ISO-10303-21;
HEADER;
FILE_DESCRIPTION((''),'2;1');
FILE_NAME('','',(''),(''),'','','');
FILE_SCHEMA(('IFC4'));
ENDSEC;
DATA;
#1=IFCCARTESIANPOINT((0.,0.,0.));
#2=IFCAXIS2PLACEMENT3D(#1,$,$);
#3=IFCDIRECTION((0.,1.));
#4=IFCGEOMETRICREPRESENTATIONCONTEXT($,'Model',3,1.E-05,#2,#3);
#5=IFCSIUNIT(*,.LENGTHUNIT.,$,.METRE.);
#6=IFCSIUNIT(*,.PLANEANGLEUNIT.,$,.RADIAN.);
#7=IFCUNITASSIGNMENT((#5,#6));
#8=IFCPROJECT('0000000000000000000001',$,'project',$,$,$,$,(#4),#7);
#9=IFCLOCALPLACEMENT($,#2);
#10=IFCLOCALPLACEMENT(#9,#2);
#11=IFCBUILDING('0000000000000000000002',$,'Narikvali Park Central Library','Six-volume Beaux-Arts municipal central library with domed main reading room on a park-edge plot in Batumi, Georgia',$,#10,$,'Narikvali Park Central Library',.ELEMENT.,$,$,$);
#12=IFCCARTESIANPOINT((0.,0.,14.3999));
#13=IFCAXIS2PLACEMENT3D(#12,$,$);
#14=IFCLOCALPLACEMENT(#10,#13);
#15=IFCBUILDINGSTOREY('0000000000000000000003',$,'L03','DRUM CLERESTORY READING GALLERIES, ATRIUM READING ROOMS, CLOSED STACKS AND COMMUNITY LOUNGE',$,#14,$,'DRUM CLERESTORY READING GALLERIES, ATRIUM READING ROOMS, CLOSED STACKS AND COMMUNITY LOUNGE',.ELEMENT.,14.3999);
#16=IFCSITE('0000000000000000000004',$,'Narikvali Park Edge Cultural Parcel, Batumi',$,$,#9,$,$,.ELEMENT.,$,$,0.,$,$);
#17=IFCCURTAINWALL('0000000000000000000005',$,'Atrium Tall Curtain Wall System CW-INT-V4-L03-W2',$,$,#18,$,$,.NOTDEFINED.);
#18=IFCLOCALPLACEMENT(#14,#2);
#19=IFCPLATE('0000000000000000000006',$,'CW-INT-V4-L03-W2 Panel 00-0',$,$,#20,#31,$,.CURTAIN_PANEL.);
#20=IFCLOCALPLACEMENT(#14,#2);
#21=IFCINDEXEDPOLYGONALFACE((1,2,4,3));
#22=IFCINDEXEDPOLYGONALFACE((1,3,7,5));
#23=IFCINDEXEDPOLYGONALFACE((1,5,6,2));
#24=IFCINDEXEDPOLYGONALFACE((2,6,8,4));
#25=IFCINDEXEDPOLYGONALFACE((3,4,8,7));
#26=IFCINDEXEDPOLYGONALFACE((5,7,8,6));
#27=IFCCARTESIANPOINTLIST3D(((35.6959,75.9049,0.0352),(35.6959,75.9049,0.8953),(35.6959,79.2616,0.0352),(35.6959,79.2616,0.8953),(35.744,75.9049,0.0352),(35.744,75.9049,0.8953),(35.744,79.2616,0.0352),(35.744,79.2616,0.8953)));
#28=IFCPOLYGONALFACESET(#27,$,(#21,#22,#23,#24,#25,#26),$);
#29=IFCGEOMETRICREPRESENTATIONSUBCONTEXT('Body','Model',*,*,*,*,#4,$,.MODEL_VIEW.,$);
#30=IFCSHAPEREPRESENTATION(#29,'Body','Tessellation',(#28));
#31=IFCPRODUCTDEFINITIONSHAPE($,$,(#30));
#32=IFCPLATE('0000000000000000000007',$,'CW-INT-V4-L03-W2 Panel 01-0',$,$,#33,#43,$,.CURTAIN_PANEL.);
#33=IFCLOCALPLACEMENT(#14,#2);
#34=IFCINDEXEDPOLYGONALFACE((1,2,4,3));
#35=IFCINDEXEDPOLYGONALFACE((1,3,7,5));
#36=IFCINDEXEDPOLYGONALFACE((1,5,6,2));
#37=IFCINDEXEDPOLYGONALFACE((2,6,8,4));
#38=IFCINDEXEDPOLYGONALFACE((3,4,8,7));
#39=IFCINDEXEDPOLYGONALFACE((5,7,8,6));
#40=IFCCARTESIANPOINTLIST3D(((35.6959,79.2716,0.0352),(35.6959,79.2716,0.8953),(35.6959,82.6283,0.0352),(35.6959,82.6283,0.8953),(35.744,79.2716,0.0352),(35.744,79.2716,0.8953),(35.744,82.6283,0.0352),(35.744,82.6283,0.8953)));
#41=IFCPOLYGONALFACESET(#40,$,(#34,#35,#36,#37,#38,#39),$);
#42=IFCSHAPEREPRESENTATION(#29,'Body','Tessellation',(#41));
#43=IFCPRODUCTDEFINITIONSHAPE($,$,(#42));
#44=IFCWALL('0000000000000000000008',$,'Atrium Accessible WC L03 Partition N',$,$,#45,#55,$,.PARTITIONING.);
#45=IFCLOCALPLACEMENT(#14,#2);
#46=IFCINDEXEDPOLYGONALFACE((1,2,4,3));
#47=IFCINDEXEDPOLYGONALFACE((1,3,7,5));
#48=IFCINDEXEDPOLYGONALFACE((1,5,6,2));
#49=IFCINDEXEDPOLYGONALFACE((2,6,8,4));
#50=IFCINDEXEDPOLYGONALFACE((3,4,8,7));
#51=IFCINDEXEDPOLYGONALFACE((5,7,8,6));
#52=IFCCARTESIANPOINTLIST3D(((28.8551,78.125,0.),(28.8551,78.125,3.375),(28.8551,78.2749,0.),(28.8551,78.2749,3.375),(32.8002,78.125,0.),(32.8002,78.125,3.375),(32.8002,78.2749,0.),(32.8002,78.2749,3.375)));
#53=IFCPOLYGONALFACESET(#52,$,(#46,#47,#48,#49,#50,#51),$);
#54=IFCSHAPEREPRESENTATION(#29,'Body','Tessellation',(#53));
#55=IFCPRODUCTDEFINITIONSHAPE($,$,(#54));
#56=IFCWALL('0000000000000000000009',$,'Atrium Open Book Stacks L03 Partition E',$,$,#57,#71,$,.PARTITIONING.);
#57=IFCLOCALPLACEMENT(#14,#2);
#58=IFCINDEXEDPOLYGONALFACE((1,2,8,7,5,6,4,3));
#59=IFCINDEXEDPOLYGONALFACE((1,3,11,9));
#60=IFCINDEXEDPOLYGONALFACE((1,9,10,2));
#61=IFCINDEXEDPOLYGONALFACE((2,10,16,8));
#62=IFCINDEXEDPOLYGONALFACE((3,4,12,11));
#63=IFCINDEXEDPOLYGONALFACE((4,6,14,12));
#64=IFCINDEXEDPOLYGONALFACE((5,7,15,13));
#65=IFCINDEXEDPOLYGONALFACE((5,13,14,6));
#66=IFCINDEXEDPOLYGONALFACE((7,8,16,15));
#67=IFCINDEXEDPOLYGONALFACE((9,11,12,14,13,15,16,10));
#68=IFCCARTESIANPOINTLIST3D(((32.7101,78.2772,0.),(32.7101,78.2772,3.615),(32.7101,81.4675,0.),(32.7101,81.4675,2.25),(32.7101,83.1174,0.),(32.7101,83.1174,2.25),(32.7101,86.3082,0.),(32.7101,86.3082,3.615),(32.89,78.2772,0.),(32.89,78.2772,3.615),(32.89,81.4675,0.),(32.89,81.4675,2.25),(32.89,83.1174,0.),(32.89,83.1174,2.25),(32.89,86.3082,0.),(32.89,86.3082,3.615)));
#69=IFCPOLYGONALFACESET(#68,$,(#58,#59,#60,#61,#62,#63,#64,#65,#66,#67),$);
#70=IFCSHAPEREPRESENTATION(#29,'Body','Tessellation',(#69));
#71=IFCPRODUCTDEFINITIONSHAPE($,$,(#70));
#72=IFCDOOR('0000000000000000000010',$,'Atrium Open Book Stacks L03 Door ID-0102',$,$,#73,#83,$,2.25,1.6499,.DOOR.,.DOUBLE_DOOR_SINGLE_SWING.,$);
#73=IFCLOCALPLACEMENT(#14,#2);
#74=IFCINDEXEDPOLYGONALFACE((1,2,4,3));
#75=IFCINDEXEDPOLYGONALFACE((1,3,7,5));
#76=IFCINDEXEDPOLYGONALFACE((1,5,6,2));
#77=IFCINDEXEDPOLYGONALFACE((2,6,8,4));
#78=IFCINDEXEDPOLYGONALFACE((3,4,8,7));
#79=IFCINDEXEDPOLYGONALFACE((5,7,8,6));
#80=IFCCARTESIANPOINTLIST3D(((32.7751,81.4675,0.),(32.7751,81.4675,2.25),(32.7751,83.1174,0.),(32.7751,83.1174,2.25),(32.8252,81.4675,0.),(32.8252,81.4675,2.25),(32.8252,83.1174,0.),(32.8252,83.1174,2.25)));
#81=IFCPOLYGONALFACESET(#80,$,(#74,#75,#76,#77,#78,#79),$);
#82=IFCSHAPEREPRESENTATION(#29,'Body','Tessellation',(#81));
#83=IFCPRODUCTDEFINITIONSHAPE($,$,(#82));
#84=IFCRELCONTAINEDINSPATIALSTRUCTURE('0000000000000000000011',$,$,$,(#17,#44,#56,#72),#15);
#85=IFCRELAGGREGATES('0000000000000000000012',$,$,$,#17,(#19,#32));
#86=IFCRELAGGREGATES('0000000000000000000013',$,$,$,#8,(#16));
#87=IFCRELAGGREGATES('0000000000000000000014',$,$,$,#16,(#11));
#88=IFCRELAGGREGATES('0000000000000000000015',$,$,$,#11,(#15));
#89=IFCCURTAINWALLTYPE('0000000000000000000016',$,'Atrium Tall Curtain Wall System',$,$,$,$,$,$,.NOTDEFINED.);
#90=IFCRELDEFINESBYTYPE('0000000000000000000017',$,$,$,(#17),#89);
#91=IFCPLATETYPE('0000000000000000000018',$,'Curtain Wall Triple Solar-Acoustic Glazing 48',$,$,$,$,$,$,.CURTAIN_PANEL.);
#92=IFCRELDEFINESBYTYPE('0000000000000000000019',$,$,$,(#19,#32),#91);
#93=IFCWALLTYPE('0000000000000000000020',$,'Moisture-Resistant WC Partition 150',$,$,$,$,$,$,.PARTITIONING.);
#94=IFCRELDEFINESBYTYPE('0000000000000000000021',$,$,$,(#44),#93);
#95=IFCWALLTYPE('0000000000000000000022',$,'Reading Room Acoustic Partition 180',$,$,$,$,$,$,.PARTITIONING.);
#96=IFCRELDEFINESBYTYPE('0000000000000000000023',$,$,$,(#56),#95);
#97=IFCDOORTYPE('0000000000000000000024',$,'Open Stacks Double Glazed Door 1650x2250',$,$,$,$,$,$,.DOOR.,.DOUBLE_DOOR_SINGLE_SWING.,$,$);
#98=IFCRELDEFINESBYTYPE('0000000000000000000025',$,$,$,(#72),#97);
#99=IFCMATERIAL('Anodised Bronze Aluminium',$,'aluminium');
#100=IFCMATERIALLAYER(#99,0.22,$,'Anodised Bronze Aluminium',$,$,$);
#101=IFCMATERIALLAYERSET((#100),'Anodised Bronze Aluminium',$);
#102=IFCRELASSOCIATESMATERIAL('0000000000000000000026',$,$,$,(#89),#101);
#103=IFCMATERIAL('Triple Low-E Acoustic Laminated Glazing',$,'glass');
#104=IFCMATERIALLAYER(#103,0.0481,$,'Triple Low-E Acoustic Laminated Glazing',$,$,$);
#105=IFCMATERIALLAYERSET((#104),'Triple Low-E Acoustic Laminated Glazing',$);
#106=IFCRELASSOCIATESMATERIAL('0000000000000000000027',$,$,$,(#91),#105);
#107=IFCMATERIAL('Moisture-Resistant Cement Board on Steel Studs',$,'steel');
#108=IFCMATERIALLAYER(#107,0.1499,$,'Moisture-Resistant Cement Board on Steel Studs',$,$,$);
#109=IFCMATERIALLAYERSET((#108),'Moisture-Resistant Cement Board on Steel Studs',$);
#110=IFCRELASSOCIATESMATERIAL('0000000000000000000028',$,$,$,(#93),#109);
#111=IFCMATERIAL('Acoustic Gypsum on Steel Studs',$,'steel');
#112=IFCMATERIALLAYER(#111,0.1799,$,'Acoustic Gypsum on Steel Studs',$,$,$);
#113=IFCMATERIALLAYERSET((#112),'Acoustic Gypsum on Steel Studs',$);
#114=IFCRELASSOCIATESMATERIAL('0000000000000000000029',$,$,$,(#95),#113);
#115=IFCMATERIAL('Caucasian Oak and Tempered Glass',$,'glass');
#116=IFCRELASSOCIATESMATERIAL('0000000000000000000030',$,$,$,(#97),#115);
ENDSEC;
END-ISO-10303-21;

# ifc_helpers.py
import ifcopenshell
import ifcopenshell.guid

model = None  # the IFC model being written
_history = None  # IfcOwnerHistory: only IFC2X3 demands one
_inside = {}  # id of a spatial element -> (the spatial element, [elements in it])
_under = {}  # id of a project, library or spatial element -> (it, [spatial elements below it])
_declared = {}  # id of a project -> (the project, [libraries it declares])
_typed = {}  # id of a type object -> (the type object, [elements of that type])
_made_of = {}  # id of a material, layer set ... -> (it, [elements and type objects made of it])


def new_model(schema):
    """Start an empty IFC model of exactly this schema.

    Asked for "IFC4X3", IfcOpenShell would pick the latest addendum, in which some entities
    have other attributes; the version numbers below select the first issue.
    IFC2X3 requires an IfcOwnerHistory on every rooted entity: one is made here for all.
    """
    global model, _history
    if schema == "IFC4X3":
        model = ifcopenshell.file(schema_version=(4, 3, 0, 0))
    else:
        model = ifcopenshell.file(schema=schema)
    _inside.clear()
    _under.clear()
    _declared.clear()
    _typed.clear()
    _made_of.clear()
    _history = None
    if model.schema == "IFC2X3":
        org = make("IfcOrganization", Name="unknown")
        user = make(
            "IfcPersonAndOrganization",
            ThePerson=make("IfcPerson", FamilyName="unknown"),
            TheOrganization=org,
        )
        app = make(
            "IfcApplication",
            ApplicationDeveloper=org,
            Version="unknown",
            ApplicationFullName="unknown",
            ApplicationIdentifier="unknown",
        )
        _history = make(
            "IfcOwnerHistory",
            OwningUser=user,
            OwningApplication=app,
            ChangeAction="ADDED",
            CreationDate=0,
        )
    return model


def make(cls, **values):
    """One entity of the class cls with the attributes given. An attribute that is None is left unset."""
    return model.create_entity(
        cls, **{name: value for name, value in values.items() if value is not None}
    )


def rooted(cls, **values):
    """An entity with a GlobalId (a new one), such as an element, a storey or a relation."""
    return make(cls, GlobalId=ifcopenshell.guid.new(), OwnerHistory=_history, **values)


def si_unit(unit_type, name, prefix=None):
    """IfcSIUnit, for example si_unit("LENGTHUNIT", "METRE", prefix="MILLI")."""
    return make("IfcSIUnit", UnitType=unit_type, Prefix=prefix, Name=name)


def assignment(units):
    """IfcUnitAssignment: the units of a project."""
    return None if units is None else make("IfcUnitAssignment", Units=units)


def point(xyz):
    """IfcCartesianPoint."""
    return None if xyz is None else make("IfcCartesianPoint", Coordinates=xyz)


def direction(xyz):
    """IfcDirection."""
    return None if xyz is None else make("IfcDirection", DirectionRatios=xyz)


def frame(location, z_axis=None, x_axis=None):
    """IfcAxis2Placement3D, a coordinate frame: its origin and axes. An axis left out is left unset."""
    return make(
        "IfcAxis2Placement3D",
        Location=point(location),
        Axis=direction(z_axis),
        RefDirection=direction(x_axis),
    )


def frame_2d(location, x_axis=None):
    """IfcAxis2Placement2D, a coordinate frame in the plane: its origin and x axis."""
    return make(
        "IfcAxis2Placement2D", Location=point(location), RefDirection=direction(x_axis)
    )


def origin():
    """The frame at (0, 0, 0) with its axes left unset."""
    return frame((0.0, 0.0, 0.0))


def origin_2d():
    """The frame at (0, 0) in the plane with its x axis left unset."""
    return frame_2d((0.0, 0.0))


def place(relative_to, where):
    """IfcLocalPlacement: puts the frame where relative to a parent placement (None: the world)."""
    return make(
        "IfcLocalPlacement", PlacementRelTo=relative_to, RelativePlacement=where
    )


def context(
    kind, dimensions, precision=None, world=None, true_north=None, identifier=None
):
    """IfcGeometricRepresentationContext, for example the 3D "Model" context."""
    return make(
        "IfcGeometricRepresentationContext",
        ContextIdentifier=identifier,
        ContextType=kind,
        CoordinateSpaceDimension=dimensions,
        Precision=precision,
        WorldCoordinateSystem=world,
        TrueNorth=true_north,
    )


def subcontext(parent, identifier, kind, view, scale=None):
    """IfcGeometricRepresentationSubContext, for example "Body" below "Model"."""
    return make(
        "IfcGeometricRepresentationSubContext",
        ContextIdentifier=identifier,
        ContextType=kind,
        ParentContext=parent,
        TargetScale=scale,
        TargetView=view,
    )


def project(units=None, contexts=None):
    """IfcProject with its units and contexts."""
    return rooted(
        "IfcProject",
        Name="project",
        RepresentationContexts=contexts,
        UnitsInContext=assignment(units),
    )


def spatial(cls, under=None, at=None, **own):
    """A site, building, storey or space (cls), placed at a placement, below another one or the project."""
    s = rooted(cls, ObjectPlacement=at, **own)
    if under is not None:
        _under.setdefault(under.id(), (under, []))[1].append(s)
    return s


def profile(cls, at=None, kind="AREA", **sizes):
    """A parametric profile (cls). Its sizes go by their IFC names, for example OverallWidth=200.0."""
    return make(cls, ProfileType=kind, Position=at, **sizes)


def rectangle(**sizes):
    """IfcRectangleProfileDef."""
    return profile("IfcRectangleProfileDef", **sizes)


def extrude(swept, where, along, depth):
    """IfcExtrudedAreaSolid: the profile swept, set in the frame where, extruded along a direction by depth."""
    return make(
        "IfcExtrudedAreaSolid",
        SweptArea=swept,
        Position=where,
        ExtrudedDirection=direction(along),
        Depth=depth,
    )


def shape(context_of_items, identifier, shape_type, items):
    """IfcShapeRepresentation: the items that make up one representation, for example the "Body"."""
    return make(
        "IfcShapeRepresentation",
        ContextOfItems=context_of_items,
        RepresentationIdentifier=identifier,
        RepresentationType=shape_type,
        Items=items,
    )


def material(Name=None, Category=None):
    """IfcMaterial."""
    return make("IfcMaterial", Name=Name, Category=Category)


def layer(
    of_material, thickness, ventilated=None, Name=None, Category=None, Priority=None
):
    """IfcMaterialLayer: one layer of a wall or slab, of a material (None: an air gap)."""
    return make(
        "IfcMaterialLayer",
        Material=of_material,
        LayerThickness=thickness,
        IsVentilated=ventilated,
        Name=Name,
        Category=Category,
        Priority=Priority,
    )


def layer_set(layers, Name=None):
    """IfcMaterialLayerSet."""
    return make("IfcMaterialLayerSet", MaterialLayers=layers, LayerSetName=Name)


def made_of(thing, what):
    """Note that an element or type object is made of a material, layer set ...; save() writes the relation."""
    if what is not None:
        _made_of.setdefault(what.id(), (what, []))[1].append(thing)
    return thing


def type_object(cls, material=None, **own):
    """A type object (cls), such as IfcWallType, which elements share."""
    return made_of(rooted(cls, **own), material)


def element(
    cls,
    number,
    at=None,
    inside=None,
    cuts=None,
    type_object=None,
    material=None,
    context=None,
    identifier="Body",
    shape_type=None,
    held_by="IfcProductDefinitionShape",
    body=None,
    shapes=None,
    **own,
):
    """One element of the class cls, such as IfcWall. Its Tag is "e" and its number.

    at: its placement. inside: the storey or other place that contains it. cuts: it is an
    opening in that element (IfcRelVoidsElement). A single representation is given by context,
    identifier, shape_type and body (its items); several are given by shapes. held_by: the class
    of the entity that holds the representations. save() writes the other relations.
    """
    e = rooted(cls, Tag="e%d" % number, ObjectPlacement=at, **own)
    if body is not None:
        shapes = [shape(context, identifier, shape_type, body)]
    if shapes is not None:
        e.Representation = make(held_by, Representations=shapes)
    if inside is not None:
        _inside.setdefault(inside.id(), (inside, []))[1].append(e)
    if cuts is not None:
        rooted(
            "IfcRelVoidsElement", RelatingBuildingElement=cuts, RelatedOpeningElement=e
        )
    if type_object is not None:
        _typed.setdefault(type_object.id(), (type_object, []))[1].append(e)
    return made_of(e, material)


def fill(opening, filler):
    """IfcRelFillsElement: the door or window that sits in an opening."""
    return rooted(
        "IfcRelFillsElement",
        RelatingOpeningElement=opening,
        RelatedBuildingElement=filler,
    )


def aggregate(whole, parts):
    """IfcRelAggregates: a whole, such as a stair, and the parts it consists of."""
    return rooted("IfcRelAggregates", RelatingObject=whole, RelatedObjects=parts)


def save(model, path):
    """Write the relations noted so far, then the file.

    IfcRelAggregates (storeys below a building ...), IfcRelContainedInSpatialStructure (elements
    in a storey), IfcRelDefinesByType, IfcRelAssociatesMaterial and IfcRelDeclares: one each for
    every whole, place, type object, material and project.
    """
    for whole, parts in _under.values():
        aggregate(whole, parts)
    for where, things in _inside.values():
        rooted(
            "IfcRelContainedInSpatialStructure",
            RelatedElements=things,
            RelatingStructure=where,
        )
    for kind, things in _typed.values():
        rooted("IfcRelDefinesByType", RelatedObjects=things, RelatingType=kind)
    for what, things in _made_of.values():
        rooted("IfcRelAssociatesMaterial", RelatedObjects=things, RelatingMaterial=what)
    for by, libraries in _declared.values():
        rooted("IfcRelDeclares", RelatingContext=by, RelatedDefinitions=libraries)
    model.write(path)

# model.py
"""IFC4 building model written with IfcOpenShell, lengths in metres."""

from ifc_helpers import new_model, si_unit, direction, frame, frame_2d, origin, origin_2d, place, context, subcontext, project, spatial, rectangle, extrude, material, layer, layer_set, type_object, element, fill, aggregate, save


model = new_model("IFC4")

# Units and contexts
model_context = context("Model", 3, precision=1e-05, world=origin(), true_north=direction((0.0, 1.0)))
body_context = subcontext(model_context, "Body", "Model", "MODEL_VIEW")
ifc_project = project(units=[si_unit("LENGTHUNIT", "METRE"), si_unit("PLANEANGLEUNIT", "RADIAN")], contexts=[model_context])

# Site, building, storey
site_placement = place(None, origin())
site = spatial("IfcSite", under=ifc_project, at=site_placement, Name="Narikvali Park Edge Cultural Parcel, Batumi", CompositionType="ELEMENT", RefElevation=0.0)
building_placement = place(site_placement, origin())
building = spatial("IfcBuilding", under=site, at=building_placement, Name="Narikvali Park Central Library", Description="Six-volume Beaux-Arts municipal central library with domed main reading room on a park-edge plot in Batumi, Georgia", LongName="Narikvali Park Central Library", CompositionType="ELEMENT")
storey_placement = place(building_placement, frame((0.0, 0.0, 14.3999)))
storey = spatial("IfcBuildingStorey", under=building, at=storey_placement, Name="L03", Description="DRUM CLERESTORY READING GALLERIES, ATRIUM READING ROOMS, CLOSED STACKS AND COMMUNITY LOUNGE", LongName="DRUM CLERESTORY READING GALLERIES, ATRIUM READING ROOMS, CLOSED STACKS AND COMMUNITY LOUNGE", CompositionType="ELEMENT", Elevation=14.3999)

# Curtain wall
ifc_material_1 = material(Name="Anodised Bronze Aluminium", Category="aluminium")
ifc_layer_1 = layer(ifc_material_1, 0.22, Name="Anodised Bronze Aluminium")
ifc_layer_set_1 = layer_set([ifc_layer_1], Name="Anodised Bronze Aluminium")
curtain_wall_type = type_object("IfcCurtainWallType", Name="Atrium Tall Curtain Wall System", PredefinedType="NOTDEFINED", material=ifc_layer_set_1)
curtain_wall_1_placement = place(storey_placement, origin())
curtain_wall_1 = element("IfcCurtainWall", 1, at=curtain_wall_1_placement, inside=storey, type_object=curtain_wall_type, Name="Atrium Tall Curtain Wall System CW-INT-V4-L03-W2", PredefinedType="NOTDEFINED")

# Plates
ifc_material_2 = material(Name="Triple Low-E Acoustic Laminated Glazing", Category="glass")
ifc_layer_2 = layer(ifc_material_2, 0.0481, Name="Triple Low-E Acoustic Laminated Glazing")
ifc_layer_set_2 = layer_set([ifc_layer_2], Name="Triple Low-E Acoustic Laminated Glazing")
plate_type_1 = type_object("IfcPlateType", Name="Curtain Wall Triple Solar-Acoustic Glazing 48", PredefinedType="CURTAIN_PANEL", material=ifc_layer_set_2)
plate_1_placement = place(storey_placement, frame((35.72, 77.5833, 0.0352), z_axis=(0.0, 0.0, 1.0), x_axis=(0.0, 1.0, 0.0)))
plate_1 = element("IfcPlate", 2, at=plate_1_placement, type_object=plate_type_1, Name="CW-INT-V4-L03-W2 Panel 00-0", PredefinedType="CURTAIN_PANEL", context=body_context, shape_type="SweptSolid", body=[
    extrude(rectangle(XDim=3.3567, YDim=0.0481, at=origin_2d()), origin(), (0.0, 0.0, 1.0), 0.8601),
])
plate_2_placement = place(storey_placement, frame((35.72, 80.95, 0.0352), z_axis=(0.0, 0.0, 1.0), x_axis=(0.0, 1.0, 0.0)))
plate_2 = element("IfcPlate", 3, at=plate_2_placement, type_object=plate_type_1, Name="CW-INT-V4-L03-W2 Panel 01-0", PredefinedType="CURTAIN_PANEL", context=body_context, shape_type="SweptSolid", body=[
    extrude(rectangle(XDim=3.3567, YDim=0.0481, at=origin_2d()), origin(), (0.0, 0.0, 1.0), 0.8601),
])
aggregate(curtain_wall_1, [plate_1, plate_2])

# Wall
ifc_material_3 = material(Name="Moisture-Resistant Cement Board on Steel Studs", Category="steel")
ifc_layer_3 = layer(ifc_material_3, 0.1499, Name="Moisture-Resistant Cement Board on Steel Studs")
ifc_layer_set_3 = layer_set([ifc_layer_3], Name="Moisture-Resistant Cement Board on Steel Studs")
wall_type_1 = type_object("IfcWallType", Name="Moisture-Resistant WC Partition 150", PredefinedType="PARTITIONING", material=ifc_layer_set_3)
wall_1_placement = place(storey_placement, frame((28.855, 78.2, 0.0), z_axis=(0.0, 0.0, 1.0), x_axis=(1.0, 0.0, 0.0)))
element("IfcWall", 4, at=wall_1_placement, inside=storey, type_object=wall_type_1, Name="Atrium Accessible WC L03 Partition N", PredefinedType="PARTITIONING", context=body_context, shape_type="SweptSolid", body=[
    extrude(rectangle(XDim=3.9451, YDim=0.1499, at=frame_2d((1.9727, 0.0))), origin(), (0.0, 0.0, 1.0), 3.375),
])

# Wall, opening, door
ifc_material_4 = material(Name="Acoustic Gypsum on Steel Studs", Category="steel")
ifc_layer_4 = layer(ifc_material_4, 0.1799, Name="Acoustic Gypsum on Steel Studs")
ifc_layer_set_4 = layer_set([ifc_layer_4], Name="Acoustic Gypsum on Steel Studs")
wall_type_2 = type_object("IfcWallType", Name="Reading Room Acoustic Partition 180", PredefinedType="PARTITIONING", material=ifc_layer_set_4)
wall_2_placement = place(storey_placement, frame((32.8, 78.2771, 0.0), z_axis=(0.0, 0.0, 1.0), x_axis=(0.0, 1.0, 0.0)))
wall_2 = element("IfcWall", 5, at=wall_2_placement, inside=storey, type_object=wall_type_2, Name="Atrium Open Book Stacks L03 Partition E", PredefinedType="PARTITIONING", context=body_context, shape_type="SweptSolid", body=[
    extrude(rectangle(XDim=8.031, YDim=0.1799, at=frame_2d((4.0156, 0.0))), origin(), (0.0, 0.0, 1.0), 3.615),
])
opening_placement = place(wall_2_placement, frame((3.1904, 0.0, 0.0)))
opening = element("IfcOpeningElement", 6, at=opening_placement, cuts=wall_2, PredefinedType="OPENING", context=body_context, shape_type="SweptSolid", body=[
    extrude(rectangle(XDim=1.6499, YDim=2.25, at=frame_2d((0.825, 1.125))), frame((0.0, 0.1021, 0.0), z_axis=(0.0, -1.0, 0.0), x_axis=(1.0, 0.0, 0.0)), (0.0, 0.0, 1.0), 0.2039),
])
ifc_material_5 = material(Name="Caucasian Oak and Tempered Glass", Category="glass")
door_type = type_object("IfcDoorType", Name="Open Stacks Double Glazed Door 1650x2250", OperationType="DOUBLE_DOOR_SINGLE_SWING", PredefinedType="DOOR", material=ifc_material_5)
door_placement = place(opening_placement, origin())
door = element("IfcDoor", 7, at=door_placement, inside=storey, type_object=door_type, Name="Atrium Open Book Stacks L03 Door ID-0102", OperationType="DOUBLE_DOOR_SINGLE_SWING", OverallHeight=2.25, OverallWidth=1.6499, PredefinedType="DOOR", context=body_context, shape_type="SweptSolid", body=[
    extrude(rectangle(XDim=1.6499, YDim=2.25, at=frame_2d((0.825, 1.125))), frame((0.0, 0.0249, 0.0), z_axis=(0.0, -1.0, 0.0), x_axis=(1.0, 0.0, 0.0)), (0.0, 0.0, 1.0), 0.05),
])
fill(opening, door)

save(model, "model.ifc")
